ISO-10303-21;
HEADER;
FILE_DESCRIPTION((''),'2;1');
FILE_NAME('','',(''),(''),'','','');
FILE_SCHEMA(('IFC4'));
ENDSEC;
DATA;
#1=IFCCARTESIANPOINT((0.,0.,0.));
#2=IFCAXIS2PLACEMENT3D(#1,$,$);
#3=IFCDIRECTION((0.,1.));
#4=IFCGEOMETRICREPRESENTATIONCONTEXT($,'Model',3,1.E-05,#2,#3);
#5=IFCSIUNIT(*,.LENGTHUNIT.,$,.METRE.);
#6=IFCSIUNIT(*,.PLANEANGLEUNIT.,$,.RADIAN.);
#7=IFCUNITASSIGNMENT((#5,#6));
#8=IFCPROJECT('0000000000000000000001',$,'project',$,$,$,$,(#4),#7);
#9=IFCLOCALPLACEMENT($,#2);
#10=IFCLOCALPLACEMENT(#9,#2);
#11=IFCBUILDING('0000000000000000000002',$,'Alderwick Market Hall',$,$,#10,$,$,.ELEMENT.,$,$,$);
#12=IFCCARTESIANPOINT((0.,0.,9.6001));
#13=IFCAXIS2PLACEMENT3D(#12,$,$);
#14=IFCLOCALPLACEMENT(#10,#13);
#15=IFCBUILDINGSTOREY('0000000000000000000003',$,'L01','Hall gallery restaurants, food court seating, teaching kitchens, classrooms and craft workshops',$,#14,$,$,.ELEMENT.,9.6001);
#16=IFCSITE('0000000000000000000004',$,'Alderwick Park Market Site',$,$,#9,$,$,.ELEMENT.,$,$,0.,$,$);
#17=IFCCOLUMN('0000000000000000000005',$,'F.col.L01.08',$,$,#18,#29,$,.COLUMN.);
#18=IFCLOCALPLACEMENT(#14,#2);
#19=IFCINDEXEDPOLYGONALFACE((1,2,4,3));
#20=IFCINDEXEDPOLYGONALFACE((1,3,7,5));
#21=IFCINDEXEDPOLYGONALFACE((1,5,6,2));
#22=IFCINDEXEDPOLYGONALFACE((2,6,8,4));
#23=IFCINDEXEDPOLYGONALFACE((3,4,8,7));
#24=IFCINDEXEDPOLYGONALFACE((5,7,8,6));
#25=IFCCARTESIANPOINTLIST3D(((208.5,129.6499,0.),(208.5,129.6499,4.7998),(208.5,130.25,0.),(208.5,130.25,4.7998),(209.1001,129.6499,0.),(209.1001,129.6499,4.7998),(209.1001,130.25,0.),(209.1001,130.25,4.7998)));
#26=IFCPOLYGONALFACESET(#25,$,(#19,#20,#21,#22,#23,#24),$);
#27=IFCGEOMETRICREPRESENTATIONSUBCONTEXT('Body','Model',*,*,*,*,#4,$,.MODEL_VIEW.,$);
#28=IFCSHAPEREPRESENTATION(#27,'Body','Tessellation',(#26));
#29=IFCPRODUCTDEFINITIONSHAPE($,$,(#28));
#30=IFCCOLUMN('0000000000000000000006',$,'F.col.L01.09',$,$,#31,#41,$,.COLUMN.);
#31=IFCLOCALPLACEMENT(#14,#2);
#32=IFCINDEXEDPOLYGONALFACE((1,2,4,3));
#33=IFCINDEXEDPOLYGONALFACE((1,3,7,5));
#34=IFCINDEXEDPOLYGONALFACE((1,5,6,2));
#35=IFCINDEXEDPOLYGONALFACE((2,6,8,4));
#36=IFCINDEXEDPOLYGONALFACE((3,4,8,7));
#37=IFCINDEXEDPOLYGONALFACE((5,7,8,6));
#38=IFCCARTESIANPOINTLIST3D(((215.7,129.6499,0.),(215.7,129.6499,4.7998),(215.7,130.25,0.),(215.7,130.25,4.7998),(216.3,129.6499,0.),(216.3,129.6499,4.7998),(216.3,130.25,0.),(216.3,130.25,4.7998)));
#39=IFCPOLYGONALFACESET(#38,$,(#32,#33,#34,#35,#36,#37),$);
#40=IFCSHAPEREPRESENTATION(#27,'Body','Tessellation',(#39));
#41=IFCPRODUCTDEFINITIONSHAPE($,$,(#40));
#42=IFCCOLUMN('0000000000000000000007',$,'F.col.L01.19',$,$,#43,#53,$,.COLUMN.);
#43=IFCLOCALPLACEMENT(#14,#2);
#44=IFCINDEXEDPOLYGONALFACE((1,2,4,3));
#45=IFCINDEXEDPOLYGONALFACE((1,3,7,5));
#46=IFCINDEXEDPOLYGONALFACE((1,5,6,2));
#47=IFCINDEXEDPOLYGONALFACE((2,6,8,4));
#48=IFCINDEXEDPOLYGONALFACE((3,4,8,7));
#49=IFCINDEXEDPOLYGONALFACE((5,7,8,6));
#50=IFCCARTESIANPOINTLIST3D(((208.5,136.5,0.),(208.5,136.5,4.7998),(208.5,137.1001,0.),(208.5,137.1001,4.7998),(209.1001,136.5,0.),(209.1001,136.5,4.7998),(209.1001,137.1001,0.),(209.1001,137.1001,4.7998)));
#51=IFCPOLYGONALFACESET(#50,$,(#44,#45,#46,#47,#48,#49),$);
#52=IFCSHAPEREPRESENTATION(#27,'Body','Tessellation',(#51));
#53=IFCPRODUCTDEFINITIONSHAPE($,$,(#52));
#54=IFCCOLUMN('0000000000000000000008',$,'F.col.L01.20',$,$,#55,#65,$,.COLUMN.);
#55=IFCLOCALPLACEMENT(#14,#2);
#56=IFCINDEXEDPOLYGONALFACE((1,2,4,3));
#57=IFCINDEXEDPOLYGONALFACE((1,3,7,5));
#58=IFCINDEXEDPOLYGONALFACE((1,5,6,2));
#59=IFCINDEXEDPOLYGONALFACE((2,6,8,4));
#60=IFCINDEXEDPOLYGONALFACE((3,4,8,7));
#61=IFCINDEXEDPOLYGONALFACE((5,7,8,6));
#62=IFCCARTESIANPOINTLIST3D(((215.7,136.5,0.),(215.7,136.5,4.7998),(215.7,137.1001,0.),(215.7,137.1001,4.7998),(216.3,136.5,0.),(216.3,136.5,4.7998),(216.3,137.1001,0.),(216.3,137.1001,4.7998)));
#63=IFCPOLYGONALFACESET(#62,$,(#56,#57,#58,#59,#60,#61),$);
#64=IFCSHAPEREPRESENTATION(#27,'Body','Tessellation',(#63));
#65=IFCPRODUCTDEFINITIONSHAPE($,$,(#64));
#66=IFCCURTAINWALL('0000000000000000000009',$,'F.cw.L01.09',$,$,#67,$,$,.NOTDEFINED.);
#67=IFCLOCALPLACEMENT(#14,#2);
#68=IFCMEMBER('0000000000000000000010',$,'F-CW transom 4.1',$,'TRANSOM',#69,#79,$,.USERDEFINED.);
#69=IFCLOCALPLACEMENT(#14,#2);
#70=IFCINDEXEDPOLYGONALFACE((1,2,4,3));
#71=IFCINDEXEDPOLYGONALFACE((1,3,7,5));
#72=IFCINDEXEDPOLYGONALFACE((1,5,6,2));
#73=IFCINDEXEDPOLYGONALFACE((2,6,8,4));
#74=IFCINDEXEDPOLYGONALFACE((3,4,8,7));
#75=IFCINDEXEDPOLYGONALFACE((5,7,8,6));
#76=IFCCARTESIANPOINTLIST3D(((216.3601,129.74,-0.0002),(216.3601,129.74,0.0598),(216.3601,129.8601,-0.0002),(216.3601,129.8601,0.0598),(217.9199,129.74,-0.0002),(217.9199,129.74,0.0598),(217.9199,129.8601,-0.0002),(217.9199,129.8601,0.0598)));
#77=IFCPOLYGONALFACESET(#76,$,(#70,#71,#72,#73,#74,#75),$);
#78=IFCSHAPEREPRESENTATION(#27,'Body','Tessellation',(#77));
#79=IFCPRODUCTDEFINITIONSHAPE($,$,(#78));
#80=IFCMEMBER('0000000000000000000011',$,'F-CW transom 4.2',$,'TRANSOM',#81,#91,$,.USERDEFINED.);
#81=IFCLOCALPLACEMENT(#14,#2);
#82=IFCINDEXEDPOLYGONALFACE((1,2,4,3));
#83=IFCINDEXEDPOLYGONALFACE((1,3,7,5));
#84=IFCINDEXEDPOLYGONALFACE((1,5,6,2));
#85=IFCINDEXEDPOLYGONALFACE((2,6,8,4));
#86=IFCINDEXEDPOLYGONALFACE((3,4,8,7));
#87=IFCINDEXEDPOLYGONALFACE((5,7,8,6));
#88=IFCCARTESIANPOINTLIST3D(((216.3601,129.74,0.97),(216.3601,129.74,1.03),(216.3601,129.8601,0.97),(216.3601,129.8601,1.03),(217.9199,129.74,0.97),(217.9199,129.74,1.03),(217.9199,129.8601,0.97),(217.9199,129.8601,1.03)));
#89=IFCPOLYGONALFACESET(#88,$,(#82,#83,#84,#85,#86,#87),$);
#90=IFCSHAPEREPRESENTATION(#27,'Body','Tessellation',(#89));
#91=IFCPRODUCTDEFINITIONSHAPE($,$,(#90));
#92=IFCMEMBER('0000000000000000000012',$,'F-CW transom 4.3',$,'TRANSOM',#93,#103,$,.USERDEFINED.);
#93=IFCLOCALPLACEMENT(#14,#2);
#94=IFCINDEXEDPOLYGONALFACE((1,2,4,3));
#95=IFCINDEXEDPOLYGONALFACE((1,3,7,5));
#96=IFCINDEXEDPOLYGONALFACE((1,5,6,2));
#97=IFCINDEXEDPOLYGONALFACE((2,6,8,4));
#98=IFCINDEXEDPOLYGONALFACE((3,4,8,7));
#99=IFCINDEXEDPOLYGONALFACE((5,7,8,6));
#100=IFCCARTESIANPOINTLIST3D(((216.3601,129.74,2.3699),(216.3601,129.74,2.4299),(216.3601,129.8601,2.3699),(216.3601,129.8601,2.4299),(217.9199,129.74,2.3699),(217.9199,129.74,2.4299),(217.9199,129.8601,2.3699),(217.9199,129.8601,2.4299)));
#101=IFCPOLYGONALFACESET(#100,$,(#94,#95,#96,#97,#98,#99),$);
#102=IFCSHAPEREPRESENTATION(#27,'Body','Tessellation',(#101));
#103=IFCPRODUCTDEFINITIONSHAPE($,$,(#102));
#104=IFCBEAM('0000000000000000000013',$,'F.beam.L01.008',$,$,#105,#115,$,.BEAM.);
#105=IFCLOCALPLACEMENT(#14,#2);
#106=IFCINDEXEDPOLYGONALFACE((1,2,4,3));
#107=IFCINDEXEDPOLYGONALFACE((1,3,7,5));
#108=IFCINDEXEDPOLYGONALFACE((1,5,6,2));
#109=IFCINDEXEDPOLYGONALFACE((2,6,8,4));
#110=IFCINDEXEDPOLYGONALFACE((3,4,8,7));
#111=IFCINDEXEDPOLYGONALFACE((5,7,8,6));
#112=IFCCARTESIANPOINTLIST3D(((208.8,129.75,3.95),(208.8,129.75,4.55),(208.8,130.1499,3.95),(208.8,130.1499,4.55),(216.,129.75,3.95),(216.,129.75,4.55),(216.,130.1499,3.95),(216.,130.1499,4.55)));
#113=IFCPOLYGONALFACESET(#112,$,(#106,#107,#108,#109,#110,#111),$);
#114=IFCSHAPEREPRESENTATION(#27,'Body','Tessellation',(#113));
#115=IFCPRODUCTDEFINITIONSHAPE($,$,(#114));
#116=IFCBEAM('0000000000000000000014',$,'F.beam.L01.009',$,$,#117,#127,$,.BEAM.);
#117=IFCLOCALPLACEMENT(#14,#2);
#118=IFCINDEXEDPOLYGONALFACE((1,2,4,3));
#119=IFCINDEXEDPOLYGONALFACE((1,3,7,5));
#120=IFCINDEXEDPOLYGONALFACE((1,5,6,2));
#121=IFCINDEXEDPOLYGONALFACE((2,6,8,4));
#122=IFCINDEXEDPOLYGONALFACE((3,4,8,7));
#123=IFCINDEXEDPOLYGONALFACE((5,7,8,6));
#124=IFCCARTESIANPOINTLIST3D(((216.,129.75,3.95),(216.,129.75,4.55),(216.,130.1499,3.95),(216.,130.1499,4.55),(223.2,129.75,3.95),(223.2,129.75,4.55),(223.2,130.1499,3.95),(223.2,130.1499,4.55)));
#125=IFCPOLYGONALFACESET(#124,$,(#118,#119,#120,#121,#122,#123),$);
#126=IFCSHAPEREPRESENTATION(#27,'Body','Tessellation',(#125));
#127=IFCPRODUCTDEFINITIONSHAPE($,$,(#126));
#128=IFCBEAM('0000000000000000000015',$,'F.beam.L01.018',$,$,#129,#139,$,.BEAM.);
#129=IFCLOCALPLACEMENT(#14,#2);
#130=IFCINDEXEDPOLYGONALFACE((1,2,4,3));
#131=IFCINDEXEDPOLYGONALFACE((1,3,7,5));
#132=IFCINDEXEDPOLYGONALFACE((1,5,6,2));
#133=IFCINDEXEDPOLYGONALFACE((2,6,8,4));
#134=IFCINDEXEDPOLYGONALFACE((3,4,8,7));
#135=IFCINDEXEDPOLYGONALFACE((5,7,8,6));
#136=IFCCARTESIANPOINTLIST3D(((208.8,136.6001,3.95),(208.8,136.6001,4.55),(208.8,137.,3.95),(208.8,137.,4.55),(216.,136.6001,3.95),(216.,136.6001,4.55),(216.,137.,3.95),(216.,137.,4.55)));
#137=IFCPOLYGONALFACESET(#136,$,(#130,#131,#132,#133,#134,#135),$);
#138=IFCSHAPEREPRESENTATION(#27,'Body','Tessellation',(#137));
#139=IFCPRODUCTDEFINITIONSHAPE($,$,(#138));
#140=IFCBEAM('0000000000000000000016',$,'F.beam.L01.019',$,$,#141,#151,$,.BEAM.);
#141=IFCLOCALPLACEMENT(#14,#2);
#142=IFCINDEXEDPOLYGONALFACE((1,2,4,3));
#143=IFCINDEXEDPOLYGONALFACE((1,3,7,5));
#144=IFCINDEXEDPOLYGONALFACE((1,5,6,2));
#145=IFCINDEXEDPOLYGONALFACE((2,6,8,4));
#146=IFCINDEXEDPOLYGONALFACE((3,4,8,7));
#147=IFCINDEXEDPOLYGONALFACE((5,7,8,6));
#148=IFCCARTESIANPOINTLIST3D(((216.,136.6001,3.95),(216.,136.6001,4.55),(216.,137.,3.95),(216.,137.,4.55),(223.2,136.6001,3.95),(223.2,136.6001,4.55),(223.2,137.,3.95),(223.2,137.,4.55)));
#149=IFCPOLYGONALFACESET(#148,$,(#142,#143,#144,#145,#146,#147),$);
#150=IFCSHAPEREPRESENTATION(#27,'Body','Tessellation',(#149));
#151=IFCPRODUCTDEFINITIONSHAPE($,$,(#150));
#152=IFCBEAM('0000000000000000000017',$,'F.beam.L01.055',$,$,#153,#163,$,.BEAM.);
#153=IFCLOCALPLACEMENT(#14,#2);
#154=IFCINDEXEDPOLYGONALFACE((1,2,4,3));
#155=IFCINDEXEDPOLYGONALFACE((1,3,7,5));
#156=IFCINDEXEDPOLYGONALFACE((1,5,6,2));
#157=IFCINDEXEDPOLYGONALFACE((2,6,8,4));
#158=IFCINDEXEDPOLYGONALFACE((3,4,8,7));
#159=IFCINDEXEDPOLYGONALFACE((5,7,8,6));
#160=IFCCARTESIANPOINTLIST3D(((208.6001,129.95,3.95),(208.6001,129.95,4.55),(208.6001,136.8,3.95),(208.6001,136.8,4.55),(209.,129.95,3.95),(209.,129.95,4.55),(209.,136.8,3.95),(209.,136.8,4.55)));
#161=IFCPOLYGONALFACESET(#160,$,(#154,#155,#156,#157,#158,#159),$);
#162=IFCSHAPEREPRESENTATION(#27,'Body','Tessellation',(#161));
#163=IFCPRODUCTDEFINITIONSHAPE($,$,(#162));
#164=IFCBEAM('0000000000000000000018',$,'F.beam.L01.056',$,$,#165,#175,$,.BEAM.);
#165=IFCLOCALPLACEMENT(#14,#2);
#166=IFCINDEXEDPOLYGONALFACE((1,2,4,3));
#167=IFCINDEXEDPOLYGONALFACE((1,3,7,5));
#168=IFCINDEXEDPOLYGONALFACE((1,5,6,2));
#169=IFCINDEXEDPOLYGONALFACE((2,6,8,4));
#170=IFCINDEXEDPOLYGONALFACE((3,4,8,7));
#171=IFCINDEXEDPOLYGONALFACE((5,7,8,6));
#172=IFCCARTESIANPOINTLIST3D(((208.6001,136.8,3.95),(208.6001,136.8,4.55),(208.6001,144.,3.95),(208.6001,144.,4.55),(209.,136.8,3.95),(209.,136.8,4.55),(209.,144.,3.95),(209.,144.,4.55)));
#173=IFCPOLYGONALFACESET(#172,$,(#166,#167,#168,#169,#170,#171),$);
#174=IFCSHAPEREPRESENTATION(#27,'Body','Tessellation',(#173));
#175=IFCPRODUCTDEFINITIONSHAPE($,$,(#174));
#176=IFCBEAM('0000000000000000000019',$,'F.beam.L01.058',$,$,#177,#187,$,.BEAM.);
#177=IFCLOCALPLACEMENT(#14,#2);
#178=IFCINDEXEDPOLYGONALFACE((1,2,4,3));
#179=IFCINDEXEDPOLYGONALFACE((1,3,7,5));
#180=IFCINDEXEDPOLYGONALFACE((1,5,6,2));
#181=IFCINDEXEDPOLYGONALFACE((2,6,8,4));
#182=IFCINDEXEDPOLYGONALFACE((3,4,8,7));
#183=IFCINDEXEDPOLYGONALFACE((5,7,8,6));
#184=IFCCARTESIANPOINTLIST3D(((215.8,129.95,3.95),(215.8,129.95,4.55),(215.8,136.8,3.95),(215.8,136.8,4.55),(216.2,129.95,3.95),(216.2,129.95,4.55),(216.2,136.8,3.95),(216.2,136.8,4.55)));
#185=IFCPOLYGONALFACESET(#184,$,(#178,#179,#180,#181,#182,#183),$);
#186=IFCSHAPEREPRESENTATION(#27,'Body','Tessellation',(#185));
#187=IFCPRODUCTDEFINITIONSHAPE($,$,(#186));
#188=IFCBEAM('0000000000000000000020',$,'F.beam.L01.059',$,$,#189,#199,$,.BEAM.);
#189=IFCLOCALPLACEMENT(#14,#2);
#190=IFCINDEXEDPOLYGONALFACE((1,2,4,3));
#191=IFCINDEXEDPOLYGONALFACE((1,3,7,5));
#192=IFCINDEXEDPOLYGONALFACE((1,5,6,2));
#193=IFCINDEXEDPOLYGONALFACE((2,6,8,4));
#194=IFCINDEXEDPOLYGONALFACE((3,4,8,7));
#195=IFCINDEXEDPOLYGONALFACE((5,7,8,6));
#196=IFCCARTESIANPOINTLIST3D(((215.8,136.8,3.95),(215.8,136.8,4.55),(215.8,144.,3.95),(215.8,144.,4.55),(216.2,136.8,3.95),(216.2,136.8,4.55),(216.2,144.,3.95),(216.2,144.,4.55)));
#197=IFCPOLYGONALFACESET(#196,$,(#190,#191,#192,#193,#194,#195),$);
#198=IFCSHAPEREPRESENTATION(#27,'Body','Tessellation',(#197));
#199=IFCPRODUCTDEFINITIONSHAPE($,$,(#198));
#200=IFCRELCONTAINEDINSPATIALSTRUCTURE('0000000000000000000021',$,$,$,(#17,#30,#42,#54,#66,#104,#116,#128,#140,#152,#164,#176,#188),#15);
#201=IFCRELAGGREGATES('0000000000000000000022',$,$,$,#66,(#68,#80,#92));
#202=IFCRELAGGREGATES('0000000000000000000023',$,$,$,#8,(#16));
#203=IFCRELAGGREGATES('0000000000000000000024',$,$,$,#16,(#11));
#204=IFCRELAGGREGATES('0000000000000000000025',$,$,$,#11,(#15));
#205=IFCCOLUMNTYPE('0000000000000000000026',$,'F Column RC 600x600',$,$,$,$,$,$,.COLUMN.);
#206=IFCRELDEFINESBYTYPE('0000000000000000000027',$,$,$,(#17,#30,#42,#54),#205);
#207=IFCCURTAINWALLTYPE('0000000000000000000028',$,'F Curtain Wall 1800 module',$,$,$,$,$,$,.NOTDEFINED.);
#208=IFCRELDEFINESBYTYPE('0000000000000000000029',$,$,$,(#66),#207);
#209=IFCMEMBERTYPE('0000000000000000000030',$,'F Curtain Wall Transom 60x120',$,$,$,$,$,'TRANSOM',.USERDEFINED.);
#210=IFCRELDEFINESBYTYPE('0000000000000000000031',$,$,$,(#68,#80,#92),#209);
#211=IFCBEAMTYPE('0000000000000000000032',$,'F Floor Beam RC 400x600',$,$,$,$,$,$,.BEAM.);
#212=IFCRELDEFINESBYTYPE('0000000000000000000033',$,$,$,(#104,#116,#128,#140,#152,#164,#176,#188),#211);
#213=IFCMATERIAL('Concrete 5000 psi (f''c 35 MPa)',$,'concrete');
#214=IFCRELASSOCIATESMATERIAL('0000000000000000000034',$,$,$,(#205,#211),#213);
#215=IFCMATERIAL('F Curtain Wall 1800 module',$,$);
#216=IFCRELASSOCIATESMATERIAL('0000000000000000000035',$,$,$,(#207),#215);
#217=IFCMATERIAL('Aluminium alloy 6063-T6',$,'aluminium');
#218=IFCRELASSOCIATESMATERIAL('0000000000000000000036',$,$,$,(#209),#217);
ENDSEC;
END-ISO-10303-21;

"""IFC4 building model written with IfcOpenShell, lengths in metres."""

from ifc_helpers import new_model, si_unit, direction, frame, origin, origin_2d, place, context, subcontext, project, spatial, rectangle, extrude, material, material_profile, profile_set, type_object, element, aggregate, save


model = new_model("IFC4")

# Units and contexts
model_context = context("Model", 3, precision=1e-05, world=origin(), true_north=direction((0.0, 1.0)))
body_context = subcontext(model_context, "Body", "Model", "MODEL_VIEW")
ifc_project = project(units=[si_unit("LENGTHUNIT", "METRE"), si_unit("PLANEANGLEUNIT", "RADIAN")], contexts=[model_context])

# Site, building, storey
site_placement = place(None, origin())
site = spatial("IfcSite", under=ifc_project, at=site_placement, Name="Alderwick Park Market Site", CompositionType="ELEMENT", RefElevation=0.0)
building_placement = place(site_placement, origin())
building = spatial("IfcBuilding", under=site, at=building_placement, Name="Alderwick Market Hall", CompositionType="ELEMENT")
storey_placement = place(building_placement, frame((0.0, 0.0, 9.6001)))
storey = spatial("IfcBuildingStorey", under=building, at=storey_placement, Name="L01", Description="Hall gallery restaurants, food court seating, teaching kitchens, classrooms and craft workshops", CompositionType="ELEMENT", Elevation=9.6001)

# Columns
ifc_material_1 = material(Name="Concrete 5000 psi (f'c 35 MPa)", Category="concrete")
ifc_material_profile_1 = material_profile(ifc_material_1, rectangle(XDim=0.6001, YDim=0.6001, at=origin_2d()), Name="RC 600x600")
ifc_profile_set_1 = profile_set([ifc_material_profile_1], Name="Concrete 5000 psi (f'c 35 MPa)")
column_type = type_object("IfcColumnType", Name="F Column RC 600x600", PredefinedType="COLUMN", material=ifc_profile_set_1)
for number, where, z_axis, x_axis, name in (
    (1, (208.8, 129.95, 0.0), (0.0, 0.0, 1.0), (1.0, 0.0, 0.0), "F.col.L01.08"),
    (2, (216.0, 129.95, 0.0), (0.0, 0.0, 1.0), (1.0, 0.0, 0.0), "F.col.L01.09"),
    (3, (208.8, 136.8, 0.0), (0.0, 0.0, 1.0), (1.0, 0.0, 0.0), "F.col.L01.19"),
    (4, (216.0, 136.8, 0.0), (0.0, 0.0, 1.0), (1.0, 0.0, 0.0), "F.col.L01.20"),
):
    element("IfcColumn", number, at=place(storey_placement, frame(where, z_axis=z_axis, x_axis=x_axis)), inside=storey, type_object=column_type, Name=name, PredefinedType="COLUMN", context=body_context, shape_type="SweptSolid", body=[
        extrude(rectangle(XDim=0.6001, YDim=0.6001, at=origin_2d()), origin(), (0.0, 0.0, 1.0), 4.7998),
    ])

# Curtain wall, members
ifc_material_2 = material(Name="F Curtain Wall 1800 module")
curtain_wall_type = type_object("IfcCurtainWallType", Name="F Curtain Wall 1800 module", PredefinedType="NOTDEFINED", material=ifc_material_2)
curtain_wall_placement = place(storey_placement, origin())
curtain_wall = element("IfcCurtainWall", 5, at=curtain_wall_placement, inside=storey, type_object=curtain_wall_type, Name="F.cw.L01.09", PredefinedType="NOTDEFINED")
ifc_material_3 = material(Name="Aluminium alloy 6063-T6", Category="aluminium")
ifc_material_profile_2 = material_profile(ifc_material_3, rectangle(XDim=0.1201, YDim=0.0601, at=origin_2d()), Name="AL 60x120")
ifc_profile_set_2 = profile_set([ifc_material_profile_2], Name="Aluminium alloy 6063-T6")
member_type = type_object("IfcMemberType", Name="F Curtain Wall Transom 60x120", ElementType="TRANSOM", PredefinedType="USERDEFINED", material=ifc_profile_set_2)
member_1_placement = place(storey_placement, frame((217.9199, 129.8, 0.0298), z_axis=(-1.0, 0.0, 0.0), x_axis=(0.0, -1.0, 0.0)))
member_1 = element("IfcMember", 6, at=member_1_placement, type_object=member_type, Name="F-CW transom 4.1", ObjectType="TRANSOM", PredefinedType="USERDEFINED", context=body_context, shape_type="SweptSolid", body=[
    extrude(rectangle(XDim=0.1201, YDim=0.0601, at=origin_2d()), origin(), (0.0, 0.0, 1.0), 1.5598),
])
member_2_placement = place(storey_placement, frame((217.9199, 129.8, 1.0), z_axis=(-1.0, 0.0, 0.0), x_axis=(0.0, -1.0, 0.0)))
member_2 = element("IfcMember", 7, at=member_2_placement, type_object=member_type, Name="F-CW transom 4.2", ObjectType="TRANSOM", PredefinedType="USERDEFINED", context=body_context, shape_type="SweptSolid", body=[
    extrude(rectangle(XDim=0.1201, YDim=0.0601, at=origin_2d()), origin(), (0.0, 0.0, 1.0), 1.5598),
])
member_3_placement = place(storey_placement, frame((217.9199, 129.8, 2.3999), z_axis=(-1.0, 0.0, 0.0), x_axis=(0.0, -1.0, 0.0)))
member_3 = element("IfcMember", 8, at=member_3_placement, type_object=member_type, Name="F-CW transom 4.3", ObjectType="TRANSOM", PredefinedType="USERDEFINED", context=body_context, shape_type="SweptSolid", body=[
    extrude(rectangle(XDim=0.1201, YDim=0.0601, at=origin_2d()), origin(), (0.0, 0.0, 1.0), 1.5598),
])
aggregate(curtain_wall, [member_1, member_2, member_3])

# Beams
ifc_material_profile_3 = material_profile(ifc_material_1, rectangle(XDim=0.3999, YDim=0.6001, at=origin_2d()), Name="RC 400x600")
ifc_profile_set_3 = profile_set([ifc_material_profile_3], Name="Concrete 5000 psi (f'c 35 MPa)")
beam_type = type_object("IfcBeamType", Name="F Floor Beam RC 400x600", PredefinedType="BEAM", material=ifc_profile_set_3)
for number, where, z_axis, x_axis, name in (
    (9, (208.8, 129.95, 4.25), (1.0, 0.0, 0.0), (0.0, 1.0, 0.0), "F.beam.L01.008"),
    (10, (216.0, 129.95, 4.25), (1.0, 0.0, 0.0), (0.0, 1.0, 0.0), "F.beam.L01.009"),
    (11, (208.8, 136.8, 4.25), (1.0, 0.0, 0.0), (0.0, 1.0, 0.0), "F.beam.L01.018"),
    (12, (216.0, 136.8, 4.25), (1.0, 0.0, 0.0), (0.0, 1.0, 0.0), "F.beam.L01.019"),
):
    element("IfcBeam", number, at=place(storey_placement, frame(where, z_axis=z_axis, x_axis=x_axis)), inside=storey, type_object=beam_type, Name=name, PredefinedType="BEAM", context=body_context, shape_type="SweptSolid", body=[
        extrude(rectangle(XDim=0.3999, YDim=0.6001, at=origin_2d()), origin(), (0.0, 0.0, 1.0), 7.2),
    ])
beam_1_placement = place(storey_placement, frame((208.8, 129.95, 4.25), z_axis=(0.0, 1.0, 0.0), x_axis=(-1.0, 0.0, 0.0)))
element("IfcBeam", 13, at=beam_1_placement, inside=storey, type_object=beam_type, Name="F.beam.L01.055", PredefinedType="BEAM", context=body_context, shape_type="SweptSolid", body=[
    extrude(rectangle(XDim=0.3999, YDim=0.6001, at=origin_2d()), origin(), (0.0, 0.0, 1.0), 6.8501),
])
beam_2_placement = place(storey_placement, frame((208.8, 136.8, 4.25), z_axis=(0.0, 1.0, 0.0), x_axis=(-1.0, 0.0, 0.0)))
element("IfcBeam", 14, at=beam_2_placement, inside=storey, type_object=beam_type, Name="F.beam.L01.056", PredefinedType="BEAM", context=body_context, shape_type="SweptSolid", body=[
    extrude(rectangle(XDim=0.3999, YDim=0.6001, at=origin_2d()), origin(), (0.0, 0.0, 1.0), 7.2),
])
beam_3_placement = place(storey_placement, frame((216.0, 129.95, 4.25), z_axis=(0.0, 1.0, 0.0), x_axis=(-1.0, 0.0, 0.0)))
element("IfcBeam", 15, at=beam_3_placement, inside=storey, type_object=beam_type, Name="F.beam.L01.058", PredefinedType="BEAM", context=body_context, shape_type="SweptSolid", body=[
    extrude(rectangle(XDim=0.3999, YDim=0.6001, at=origin_2d()), origin(), (0.0, 0.0, 1.0), 6.8501),
])
beam_4_placement = place(storey_placement, frame((216.0, 136.8, 4.25), z_axis=(0.0, 1.0, 0.0), x_axis=(-1.0, 0.0, 0.0)))
element("IfcBeam", 16, at=beam_4_placement, inside=storey, type_object=beam_type, Name="F.beam.L01.059", PredefinedType="BEAM", context=body_context, shape_type="SweptSolid", body=[
    extrude(rectangle(XDim=0.3999, YDim=0.6001, at=origin_2d()), origin(), (0.0, 0.0, 1.0), 7.2),
])

save(model, "model.ifc")
